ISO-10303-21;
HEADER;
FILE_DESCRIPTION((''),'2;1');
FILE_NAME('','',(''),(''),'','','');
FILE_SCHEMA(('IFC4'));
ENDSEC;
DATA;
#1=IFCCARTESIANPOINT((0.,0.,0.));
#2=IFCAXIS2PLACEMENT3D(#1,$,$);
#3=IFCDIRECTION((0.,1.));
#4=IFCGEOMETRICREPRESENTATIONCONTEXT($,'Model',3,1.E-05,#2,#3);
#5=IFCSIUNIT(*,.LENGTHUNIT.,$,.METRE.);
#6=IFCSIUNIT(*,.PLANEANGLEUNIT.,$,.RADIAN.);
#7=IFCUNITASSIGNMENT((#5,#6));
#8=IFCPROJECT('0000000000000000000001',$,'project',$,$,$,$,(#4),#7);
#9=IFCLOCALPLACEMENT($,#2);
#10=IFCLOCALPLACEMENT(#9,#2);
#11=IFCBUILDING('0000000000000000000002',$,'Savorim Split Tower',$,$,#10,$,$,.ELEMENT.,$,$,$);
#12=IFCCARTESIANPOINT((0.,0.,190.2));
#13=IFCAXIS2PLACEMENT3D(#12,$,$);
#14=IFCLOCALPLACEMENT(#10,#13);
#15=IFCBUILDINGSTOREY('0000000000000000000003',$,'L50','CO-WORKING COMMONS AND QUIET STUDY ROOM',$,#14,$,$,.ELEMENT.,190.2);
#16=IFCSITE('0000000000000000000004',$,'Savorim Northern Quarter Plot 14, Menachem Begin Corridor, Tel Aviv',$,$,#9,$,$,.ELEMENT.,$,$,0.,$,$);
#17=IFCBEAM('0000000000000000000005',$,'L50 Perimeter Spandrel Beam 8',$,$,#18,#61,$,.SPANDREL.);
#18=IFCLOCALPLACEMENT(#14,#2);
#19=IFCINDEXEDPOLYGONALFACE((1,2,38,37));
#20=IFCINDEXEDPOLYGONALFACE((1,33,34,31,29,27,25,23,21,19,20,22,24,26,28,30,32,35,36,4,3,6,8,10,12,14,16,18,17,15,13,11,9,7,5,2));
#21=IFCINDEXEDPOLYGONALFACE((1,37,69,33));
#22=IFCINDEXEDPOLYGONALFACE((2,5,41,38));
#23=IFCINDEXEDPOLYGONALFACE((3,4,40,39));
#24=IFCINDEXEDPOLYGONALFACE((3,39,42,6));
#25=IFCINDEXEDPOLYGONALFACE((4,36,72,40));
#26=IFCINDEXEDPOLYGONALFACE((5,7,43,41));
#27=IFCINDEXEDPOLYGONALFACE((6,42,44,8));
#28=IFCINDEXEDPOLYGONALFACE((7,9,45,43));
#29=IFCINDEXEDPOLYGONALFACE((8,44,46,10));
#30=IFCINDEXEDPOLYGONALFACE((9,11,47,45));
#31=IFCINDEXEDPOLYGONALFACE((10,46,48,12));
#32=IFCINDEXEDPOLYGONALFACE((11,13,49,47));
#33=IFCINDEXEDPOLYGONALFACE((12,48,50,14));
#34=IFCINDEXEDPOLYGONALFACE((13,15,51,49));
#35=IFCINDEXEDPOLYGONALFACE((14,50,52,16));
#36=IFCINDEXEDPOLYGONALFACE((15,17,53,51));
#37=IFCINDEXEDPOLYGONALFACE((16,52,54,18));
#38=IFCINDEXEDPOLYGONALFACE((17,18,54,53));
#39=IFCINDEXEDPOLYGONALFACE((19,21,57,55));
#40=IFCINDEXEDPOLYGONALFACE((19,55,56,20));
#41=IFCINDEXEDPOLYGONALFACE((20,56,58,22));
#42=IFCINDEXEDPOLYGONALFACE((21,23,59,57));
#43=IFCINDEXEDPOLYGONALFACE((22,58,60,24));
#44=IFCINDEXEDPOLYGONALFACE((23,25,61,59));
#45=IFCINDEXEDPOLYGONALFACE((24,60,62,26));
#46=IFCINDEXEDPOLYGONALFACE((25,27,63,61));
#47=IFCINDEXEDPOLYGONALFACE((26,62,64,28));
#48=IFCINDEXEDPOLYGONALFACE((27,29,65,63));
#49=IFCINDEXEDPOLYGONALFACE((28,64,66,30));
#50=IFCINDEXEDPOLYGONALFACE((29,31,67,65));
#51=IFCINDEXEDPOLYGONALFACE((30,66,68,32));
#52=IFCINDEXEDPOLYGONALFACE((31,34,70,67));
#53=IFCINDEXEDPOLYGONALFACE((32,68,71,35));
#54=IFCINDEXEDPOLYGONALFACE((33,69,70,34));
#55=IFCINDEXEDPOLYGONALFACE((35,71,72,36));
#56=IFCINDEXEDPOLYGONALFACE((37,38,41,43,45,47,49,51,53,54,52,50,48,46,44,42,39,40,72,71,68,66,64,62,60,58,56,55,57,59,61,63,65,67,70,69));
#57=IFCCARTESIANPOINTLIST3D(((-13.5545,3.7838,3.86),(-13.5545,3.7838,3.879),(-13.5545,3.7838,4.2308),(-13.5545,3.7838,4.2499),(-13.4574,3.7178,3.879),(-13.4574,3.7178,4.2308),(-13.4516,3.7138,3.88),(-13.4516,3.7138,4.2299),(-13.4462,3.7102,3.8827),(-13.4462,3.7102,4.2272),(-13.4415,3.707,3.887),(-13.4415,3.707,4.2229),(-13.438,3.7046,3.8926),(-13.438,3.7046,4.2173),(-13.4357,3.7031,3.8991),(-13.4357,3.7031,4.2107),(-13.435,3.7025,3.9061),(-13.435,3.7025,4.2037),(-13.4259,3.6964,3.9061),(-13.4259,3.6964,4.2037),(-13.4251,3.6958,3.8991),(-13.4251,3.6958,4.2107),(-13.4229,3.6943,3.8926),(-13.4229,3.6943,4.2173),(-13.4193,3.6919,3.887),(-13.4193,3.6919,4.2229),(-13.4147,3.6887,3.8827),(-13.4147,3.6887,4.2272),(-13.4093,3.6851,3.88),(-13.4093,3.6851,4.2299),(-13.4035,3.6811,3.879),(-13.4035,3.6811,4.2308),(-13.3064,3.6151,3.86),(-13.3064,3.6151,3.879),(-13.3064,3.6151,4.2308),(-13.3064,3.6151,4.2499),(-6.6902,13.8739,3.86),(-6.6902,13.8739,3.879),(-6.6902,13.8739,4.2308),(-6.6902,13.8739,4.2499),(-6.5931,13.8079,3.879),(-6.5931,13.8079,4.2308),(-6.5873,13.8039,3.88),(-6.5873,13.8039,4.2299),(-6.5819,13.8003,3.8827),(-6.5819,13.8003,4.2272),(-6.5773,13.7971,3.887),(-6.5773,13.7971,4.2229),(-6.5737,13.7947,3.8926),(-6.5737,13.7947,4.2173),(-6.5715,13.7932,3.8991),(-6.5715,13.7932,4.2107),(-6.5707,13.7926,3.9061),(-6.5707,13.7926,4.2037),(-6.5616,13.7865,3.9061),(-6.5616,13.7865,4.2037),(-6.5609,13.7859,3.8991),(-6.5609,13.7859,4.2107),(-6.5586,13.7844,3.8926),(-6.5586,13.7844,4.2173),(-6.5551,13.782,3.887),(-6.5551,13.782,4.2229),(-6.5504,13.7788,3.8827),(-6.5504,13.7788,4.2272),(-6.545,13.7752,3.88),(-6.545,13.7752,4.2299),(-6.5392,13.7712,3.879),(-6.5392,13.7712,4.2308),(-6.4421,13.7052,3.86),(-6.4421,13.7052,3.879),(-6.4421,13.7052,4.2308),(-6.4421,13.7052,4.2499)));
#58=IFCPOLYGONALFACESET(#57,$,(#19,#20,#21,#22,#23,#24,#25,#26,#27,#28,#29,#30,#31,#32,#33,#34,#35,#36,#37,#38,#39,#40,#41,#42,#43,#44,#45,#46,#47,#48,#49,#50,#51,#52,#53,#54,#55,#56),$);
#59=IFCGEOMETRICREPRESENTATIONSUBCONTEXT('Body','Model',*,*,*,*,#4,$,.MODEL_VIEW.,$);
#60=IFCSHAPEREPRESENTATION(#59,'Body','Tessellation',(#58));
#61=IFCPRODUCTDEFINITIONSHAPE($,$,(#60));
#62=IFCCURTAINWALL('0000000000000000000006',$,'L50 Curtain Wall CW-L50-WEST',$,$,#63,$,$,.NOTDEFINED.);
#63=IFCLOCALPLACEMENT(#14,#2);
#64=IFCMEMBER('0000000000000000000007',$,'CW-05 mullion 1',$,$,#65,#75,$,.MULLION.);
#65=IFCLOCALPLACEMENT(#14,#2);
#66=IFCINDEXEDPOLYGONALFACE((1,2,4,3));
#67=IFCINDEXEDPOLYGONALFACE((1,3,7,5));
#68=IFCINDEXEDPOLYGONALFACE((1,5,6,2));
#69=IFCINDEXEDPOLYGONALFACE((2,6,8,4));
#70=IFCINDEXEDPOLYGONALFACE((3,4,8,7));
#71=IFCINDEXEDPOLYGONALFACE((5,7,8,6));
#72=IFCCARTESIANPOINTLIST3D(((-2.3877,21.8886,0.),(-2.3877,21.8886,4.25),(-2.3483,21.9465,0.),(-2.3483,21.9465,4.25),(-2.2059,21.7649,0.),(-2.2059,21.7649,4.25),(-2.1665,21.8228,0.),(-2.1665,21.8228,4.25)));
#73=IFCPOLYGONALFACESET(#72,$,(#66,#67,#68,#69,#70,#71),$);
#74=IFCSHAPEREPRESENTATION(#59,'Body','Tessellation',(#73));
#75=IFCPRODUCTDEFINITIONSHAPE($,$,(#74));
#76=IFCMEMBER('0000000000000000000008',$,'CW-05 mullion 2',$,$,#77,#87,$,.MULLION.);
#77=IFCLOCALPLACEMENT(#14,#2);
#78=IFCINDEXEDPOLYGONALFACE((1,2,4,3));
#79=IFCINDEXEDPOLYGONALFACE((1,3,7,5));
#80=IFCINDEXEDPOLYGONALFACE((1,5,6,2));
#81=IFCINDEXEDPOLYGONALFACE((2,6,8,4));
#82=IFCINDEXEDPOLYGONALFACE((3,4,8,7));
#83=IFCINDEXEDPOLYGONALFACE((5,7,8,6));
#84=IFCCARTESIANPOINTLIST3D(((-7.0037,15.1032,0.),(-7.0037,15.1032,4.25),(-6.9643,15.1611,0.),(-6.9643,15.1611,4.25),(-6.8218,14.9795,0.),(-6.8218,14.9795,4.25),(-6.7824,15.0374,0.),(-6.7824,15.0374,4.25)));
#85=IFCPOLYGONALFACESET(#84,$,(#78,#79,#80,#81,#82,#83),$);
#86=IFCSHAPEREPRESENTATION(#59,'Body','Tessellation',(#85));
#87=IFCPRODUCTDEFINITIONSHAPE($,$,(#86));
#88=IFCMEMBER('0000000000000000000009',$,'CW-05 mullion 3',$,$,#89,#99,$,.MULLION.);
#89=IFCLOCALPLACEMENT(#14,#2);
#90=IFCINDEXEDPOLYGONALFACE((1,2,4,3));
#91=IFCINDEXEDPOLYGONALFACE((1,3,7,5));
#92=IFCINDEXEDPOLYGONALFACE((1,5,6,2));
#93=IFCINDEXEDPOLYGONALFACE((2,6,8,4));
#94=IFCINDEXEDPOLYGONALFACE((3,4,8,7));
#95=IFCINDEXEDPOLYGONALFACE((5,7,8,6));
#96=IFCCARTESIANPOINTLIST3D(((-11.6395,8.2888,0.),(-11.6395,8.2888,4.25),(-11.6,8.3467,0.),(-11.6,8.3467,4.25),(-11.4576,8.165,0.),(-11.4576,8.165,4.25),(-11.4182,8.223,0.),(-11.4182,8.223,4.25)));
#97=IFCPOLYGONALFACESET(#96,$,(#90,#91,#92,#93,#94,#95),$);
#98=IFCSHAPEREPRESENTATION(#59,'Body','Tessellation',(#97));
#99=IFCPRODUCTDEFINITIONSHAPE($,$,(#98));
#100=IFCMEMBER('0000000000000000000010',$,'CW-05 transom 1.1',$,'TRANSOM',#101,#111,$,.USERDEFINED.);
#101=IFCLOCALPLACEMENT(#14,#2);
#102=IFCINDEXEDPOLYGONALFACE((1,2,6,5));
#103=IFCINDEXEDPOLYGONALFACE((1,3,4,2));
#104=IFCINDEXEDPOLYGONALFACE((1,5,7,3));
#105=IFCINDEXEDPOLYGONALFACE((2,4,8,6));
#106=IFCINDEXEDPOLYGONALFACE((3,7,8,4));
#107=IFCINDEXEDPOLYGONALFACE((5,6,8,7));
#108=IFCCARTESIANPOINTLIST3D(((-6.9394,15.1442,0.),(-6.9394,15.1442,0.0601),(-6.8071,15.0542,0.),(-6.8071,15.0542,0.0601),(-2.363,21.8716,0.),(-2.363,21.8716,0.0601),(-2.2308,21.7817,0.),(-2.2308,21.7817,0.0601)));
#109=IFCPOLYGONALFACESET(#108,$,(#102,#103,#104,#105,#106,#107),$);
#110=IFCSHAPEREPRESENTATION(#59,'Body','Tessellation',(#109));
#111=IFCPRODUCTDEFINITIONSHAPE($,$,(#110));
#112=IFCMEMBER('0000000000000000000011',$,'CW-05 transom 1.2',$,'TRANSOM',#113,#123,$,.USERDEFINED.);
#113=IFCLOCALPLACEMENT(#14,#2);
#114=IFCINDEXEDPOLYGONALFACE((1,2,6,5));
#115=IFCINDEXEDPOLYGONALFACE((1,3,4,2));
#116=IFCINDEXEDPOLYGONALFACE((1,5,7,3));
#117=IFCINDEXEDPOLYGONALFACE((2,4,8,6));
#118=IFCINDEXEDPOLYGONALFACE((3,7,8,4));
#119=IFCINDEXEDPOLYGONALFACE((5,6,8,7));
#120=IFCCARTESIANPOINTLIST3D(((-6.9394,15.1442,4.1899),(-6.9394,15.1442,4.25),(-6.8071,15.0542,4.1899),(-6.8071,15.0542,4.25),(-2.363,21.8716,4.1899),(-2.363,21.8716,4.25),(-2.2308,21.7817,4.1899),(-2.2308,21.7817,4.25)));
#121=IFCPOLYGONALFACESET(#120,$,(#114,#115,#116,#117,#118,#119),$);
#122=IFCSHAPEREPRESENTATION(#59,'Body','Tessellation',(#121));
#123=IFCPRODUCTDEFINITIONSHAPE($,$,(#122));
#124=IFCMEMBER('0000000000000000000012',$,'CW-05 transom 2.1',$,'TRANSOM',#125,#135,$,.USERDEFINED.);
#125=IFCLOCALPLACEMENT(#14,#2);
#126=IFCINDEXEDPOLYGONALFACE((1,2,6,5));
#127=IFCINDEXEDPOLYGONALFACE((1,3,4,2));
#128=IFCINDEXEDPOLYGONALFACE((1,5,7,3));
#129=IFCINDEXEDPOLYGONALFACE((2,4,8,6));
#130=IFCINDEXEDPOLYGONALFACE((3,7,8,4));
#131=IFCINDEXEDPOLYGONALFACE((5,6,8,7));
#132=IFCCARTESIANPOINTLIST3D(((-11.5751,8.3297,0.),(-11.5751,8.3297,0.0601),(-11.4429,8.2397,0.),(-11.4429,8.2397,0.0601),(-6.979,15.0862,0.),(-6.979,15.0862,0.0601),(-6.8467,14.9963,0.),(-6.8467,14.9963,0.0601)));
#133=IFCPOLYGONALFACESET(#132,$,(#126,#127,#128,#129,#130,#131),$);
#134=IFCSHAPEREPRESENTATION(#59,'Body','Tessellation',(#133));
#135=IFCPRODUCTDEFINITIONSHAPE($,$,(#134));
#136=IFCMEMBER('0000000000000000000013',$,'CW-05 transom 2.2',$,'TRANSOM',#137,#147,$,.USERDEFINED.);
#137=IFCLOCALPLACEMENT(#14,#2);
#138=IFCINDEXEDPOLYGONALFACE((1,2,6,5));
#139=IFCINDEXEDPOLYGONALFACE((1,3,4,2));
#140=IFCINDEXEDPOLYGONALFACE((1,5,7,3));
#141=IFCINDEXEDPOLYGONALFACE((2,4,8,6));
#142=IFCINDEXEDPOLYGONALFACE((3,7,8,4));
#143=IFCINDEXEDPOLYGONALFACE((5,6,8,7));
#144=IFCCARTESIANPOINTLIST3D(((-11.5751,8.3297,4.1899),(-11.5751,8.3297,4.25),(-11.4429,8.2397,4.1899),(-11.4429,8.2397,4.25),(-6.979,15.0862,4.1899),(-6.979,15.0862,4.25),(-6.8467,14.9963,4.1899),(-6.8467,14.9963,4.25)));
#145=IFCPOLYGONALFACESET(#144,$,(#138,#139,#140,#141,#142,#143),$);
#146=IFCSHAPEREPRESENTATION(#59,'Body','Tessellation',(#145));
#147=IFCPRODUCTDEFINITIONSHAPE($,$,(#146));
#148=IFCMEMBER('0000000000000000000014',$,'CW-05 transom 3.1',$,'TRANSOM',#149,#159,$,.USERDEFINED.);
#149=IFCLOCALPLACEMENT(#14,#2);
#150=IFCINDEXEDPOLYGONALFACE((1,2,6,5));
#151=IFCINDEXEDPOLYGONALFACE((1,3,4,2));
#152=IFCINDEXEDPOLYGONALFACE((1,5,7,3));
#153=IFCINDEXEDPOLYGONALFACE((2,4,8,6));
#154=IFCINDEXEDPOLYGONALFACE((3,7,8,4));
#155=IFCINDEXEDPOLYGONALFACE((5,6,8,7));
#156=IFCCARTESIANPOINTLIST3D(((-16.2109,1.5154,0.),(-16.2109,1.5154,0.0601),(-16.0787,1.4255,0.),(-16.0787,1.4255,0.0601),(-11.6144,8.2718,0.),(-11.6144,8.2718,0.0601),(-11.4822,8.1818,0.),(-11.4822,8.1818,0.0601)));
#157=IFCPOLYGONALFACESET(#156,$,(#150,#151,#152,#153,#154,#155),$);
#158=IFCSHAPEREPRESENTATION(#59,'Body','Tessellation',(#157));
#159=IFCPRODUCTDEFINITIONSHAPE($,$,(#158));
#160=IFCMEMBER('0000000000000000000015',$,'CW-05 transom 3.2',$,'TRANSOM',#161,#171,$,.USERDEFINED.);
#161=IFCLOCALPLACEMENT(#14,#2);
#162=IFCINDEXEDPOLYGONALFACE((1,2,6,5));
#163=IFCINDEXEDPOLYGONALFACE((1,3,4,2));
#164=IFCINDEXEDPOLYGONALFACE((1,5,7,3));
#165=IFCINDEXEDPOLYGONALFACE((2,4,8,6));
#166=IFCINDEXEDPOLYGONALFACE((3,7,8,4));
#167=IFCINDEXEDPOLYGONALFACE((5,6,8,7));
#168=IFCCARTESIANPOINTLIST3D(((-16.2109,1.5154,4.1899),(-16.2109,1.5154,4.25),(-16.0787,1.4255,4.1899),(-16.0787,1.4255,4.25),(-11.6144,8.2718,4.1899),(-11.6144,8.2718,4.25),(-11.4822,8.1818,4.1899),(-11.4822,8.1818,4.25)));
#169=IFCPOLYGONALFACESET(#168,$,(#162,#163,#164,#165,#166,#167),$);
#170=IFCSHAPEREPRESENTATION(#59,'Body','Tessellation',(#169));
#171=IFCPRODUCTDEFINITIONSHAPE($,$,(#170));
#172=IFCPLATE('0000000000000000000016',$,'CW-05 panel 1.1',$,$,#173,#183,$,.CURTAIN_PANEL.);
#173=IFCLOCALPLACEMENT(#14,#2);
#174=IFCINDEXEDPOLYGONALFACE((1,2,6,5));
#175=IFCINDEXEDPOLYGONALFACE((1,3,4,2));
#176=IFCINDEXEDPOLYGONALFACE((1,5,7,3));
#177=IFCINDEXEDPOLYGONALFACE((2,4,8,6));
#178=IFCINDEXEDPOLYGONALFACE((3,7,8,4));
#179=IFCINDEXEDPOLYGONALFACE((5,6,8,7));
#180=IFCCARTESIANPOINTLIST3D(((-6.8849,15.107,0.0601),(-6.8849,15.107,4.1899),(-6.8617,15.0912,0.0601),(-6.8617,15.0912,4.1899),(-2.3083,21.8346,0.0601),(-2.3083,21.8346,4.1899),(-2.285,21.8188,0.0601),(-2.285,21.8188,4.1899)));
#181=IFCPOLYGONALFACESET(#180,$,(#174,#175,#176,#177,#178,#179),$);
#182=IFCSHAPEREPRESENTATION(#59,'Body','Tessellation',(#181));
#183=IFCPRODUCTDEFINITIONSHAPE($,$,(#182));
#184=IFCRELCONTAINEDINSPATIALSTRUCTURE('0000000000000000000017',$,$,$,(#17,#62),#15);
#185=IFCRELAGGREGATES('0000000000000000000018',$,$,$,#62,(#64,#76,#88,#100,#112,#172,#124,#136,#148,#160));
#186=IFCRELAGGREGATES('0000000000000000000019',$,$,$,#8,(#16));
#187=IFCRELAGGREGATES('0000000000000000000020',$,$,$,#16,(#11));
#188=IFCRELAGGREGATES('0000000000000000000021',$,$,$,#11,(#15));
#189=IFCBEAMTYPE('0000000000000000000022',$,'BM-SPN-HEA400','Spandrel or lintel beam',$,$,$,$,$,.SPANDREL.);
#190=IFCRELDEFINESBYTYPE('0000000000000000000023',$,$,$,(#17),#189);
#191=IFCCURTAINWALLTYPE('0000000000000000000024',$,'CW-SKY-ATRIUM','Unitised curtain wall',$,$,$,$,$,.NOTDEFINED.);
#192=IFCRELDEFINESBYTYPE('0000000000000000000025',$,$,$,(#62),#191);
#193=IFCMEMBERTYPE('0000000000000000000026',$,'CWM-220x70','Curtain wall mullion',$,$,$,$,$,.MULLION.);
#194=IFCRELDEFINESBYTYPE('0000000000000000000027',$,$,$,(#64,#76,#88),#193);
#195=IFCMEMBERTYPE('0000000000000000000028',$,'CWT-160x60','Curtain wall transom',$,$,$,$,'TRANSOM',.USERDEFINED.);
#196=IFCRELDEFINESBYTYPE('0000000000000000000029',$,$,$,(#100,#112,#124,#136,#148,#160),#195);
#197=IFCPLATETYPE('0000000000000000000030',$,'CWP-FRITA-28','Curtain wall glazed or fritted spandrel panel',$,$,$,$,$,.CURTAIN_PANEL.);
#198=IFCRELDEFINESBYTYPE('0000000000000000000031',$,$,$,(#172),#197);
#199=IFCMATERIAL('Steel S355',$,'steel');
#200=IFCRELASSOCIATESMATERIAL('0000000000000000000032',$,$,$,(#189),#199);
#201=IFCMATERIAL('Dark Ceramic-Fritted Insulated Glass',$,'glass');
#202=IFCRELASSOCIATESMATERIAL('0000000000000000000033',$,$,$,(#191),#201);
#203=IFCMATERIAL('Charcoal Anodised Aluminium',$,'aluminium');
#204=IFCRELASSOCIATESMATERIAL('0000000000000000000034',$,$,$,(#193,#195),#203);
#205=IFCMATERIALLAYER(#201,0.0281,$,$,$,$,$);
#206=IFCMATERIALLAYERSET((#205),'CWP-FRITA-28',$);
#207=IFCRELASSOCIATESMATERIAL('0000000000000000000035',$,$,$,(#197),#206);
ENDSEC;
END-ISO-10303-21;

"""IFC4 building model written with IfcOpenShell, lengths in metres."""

from ifc_helpers import new_model, si_unit, direction, frame, origin, origin_2d, place, context, subcontext, project, spatial, rectangle, i_section, extrude, material, layer, layer_set, material_profile, profile_set, type_object, element, aggregate, save


model = new_model("IFC4")

# Units and contexts
model_context = context("Model", 3, precision=1e-05, world=origin(), true_north=direction((0.0, 1.0)))
body_context = subcontext(model_context, "Body", "Model", "MODEL_VIEW")
ifc_project = project(units=[si_unit("LENGTHUNIT", "METRE"), si_unit("PLANEANGLEUNIT", "RADIAN")], contexts=[model_context])

# Site, building, storey
site_placement = place(None, origin())
site = spatial("IfcSite", under=ifc_project, at=site_placement, Name="Savorim Northern Quarter Plot 14, Menachem Begin Corridor, Tel Aviv", CompositionType="ELEMENT", RefElevation=0.0)
building_placement = place(site_placement, origin())
building = spatial("IfcBuilding", under=site, at=building_placement, Name="Savorim Split Tower", CompositionType="ELEMENT")
storey_placement = place(building_placement, frame((0.0, 0.0, 190.2)))
storey = spatial("IfcBuildingStorey", under=building, at=storey_placement, Name="L50", Description="CO-WORKING COMMONS AND QUIET STUDY ROOM", CompositionType="ELEMENT", Elevation=190.2)

# Shared definitions
ifc_material_1 = material(Name="Steel S355", Category="steel")

# Beam
ifc_material_profile_1 = material_profile(ifc_material_1, i_section(OverallWidth=0.3, OverallDepth=0.3899, WebThickness=0.011, FlangeThickness=0.019, FilletRadius=0.0271, at=origin_2d()), Name="HEA 400")
ifc_profile_set_1 = profile_set([ifc_material_profile_1], Name="Steel S355")
beam_type_1 = type_object("IfcBeamType", Name="BM-SPN-HEA400", Description="Spandrel or lintel beam", PredefinedType="SPANDREL", material=ifc_profile_set_1)
beam_1_placement = place(storey_placement, frame((-6.5662, 13.7896, 4.0549), z_axis=(-0.562478, -0.826812, 0.0), x_axis=(0.826812, -0.562478, 0.0)))
element("IfcBeam", 1, at=beam_1_placement, inside=storey, type_object=beam_type_1, Name="L50 Perimeter Spandrel Beam 8", PredefinedType="SPANDREL", context=body_context, shape_type="SweptSolid", body=[
    extrude(i_section(OverallWidth=0.3, OverallDepth=0.3899, WebThickness=0.011, FlangeThickness=0.019, FilletRadius=0.0271, at=origin_2d()), origin(), (0.0, 0.0, 1.0), 12.2036),
])

# Curtain wall, members, plate
ifc_material_2 = material(Name="Dark Ceramic-Fritted Insulated Glass", Category="glass")
curtain_wall_type = type_object("IfcCurtainWallType", Name="CW-SKY-ATRIUM", Description="Unitised curtain wall", PredefinedType="NOTDEFINED", material=ifc_material_2)
curtain_wall_placement = place(storey_placement, origin())
curtain_wall = element("IfcCurtainWall", 2, at=curtain_wall_placement, inside=storey, type_object=curtain_wall_type, Name="L50 Curtain Wall CW-L50-WEST", PredefinedType="NOTDEFINED")
ifc_material_3 = material(Name="Charcoal Anodised Aluminium", Category="aluminium")
ifc_material_profile_2 = material_profile(ifc_material_3, rectangle(XDim=0.22, YDim=0.0701, at=origin_2d()), Name="ALU-M 220x70")
ifc_profile_set_2 = profile_set([ifc_material_profile_2], Name="Charcoal Anodised Aluminium")
member_type_1 = type_object("IfcMemberType", Name="CWM-220x70", Description="Curtain wall mullion", PredefinedType="MULLION", material=ifc_profile_set_2)
member_1_placement = place(storey_placement, frame((-2.2771, 21.8557, 0.0), z_axis=(0.0, 0.0, 1.0), x_axis=(0.82682, -0.562466, 0.0)))
member_1 = element("IfcMember", 3, at=member_1_placement, type_object=member_type_1, Name="CW-05 mullion 1", PredefinedType="MULLION", context=body_context, shape_type="SweptSolid", body=[
    extrude(rectangle(XDim=0.22, YDim=0.0701, at=origin_2d()), origin(), (0.0, 0.0, 1.0), 4.25),
])
member_2_placement = place(storey_placement, frame((-6.8931, 15.0703, 0.0), z_axis=(0.0, 0.0, 1.0), x_axis=(0.82682, -0.562466, 0.0)))
member_2 = element("IfcMember", 4, at=member_2_placement, type_object=member_type_1, Name="CW-05 mullion 2", PredefinedType="MULLION", context=body_context, shape_type="SweptSolid", body=[
    extrude(rectangle(XDim=0.22, YDim=0.0701, at=origin_2d()), origin(), (0.0, 0.0, 1.0), 4.25),
])
member_3_placement = place(storey_placement, frame((-11.5288, 8.2559, 0.0), z_axis=(0.0, 0.0, 1.0), x_axis=(0.82682, -0.562466, 0.0)))
member_3 = element("IfcMember", 5, at=member_3_placement, type_object=member_type_1, Name="CW-05 mullion 3", PredefinedType="MULLION", context=body_context, shape_type="SweptSolid", body=[
    extrude(rectangle(XDim=0.22, YDim=0.0701, at=origin_2d()), origin(), (0.0, 0.0, 1.0), 4.25),
])
ifc_material_profile_3 = material_profile(ifc_material_3, rectangle(XDim=0.1599, YDim=0.0601, at=origin_2d()), Name="ALU-T 160x60")
ifc_profile_set_3 = profile_set([ifc_material_profile_3], Name="Charcoal Anodised Aluminium")
member_type_2 = type_object("IfcMemberType", Name="CWT-160x60", Description="Curtain wall transom", ElementType="TRANSOM", PredefinedType="USERDEFINED", material=ifc_profile_set_3)
member_4_placement = place(storey_placement, frame((-2.2969, 21.8267, 0.03), z_axis=(-0.562452, -0.82683, 0.0), x_axis=(0.82683, -0.562452, 0.0)))
member_4 = element("IfcMember", 6, at=member_4_placement, type_object=member_type_2, Name="CW-05 transom 1.1", ObjectType="TRANSOM", PredefinedType="USERDEFINED", context=body_context, shape_type="SweptSolid", body=[
    extrude(rectangle(XDim=0.1599, YDim=0.0601, at=origin_2d()), origin(), (0.0, 0.0, 1.0), 8.1365),
])
member_5_placement = place(storey_placement, frame((-2.2969, 21.8267, 4.22), z_axis=(-0.562452, -0.82683, 0.0), x_axis=(0.82683, -0.562452, 0.0)))
member_5 = element("IfcMember", 7, at=member_5_placement, type_object=member_type_2, Name="CW-05 transom 1.2", ObjectType="TRANSOM", PredefinedType="USERDEFINED", context=body_context, shape_type="SweptSolid", body=[
    extrude(rectangle(XDim=0.1599, YDim=0.0601, at=origin_2d()), origin(), (0.0, 0.0, 1.0), 8.1365),
])
member_6_placement = place(storey_placement, frame((-6.9128, 15.0413, 0.03), z_axis=(-0.562453, -0.826829, 0.0), x_axis=(0.826829, -0.562453, 0.0)))
member_6 = element("IfcMember", 8, at=member_6_placement, type_object=member_type_2, Name="CW-05 transom 2.1", ObjectType="TRANSOM", PredefinedType="USERDEFINED", context=body_context, shape_type="SweptSolid", body=[
    extrude(rectangle(XDim=0.1599, YDim=0.0601, at=origin_2d()), origin(), (0.0, 0.0, 1.0), 8.1716),
])
member_7_placement = place(storey_placement, frame((-6.9128, 15.0413, 4.22), z_axis=(-0.562453, -0.826829, 0.0), x_axis=(0.826829, -0.562453, 0.0)))
member_7 = element("IfcMember", 9, at=member_7_placement, type_object=member_type_2, Name="CW-05 transom 2.2", ObjectType="TRANSOM", PredefinedType="USERDEFINED", context=body_context, shape_type="SweptSolid", body=[
    extrude(rectangle(XDim=0.1599, YDim=0.0601, at=origin_2d()), origin(), (0.0, 0.0, 1.0), 8.1716),
])
member_8_placement = place(storey_placement, frame((-11.5483, 8.2268, 0.03), z_axis=(-0.562487, -0.826806, 0.0), x_axis=(0.826806, -0.562487, 0.0)))
member_8 = element("IfcMember", 10, at=member_8_placement, type_object=member_type_2, Name="CW-05 transom 3.1", ObjectType="TRANSOM", PredefinedType="USERDEFINED", context=body_context, shape_type="SweptSolid", body=[
    extrude(rectangle(XDim=0.1599, YDim=0.0601, at=origin_2d()), origin(), (0.0, 0.0, 1.0), 8.1716),
])
member_9_placement = place(storey_placement, frame((-11.5483, 8.2268, 4.22), z_axis=(-0.562487, -0.826806, 0.0), x_axis=(0.826806, -0.562487, 0.0)))
member_9 = element("IfcMember", 11, at=member_9_placement, type_object=member_type_2, Name="CW-05 transom 3.2", ObjectType="TRANSOM", PredefinedType="USERDEFINED", context=body_context, shape_type="SweptSolid", body=[
    extrude(rectangle(XDim=0.1599, YDim=0.0601, at=origin_2d()), origin(), (0.0, 0.0, 1.0), 8.1716),
])
ifc_layer_1 = layer(ifc_material_2, 0.0281)
ifc_layer_set_1 = layer_set([ifc_layer_1], Name="CWP-FRITA-28")
plate_type = type_object("IfcPlateType", Name="CWP-FRITA-28", Description="Curtain wall glazed or fritted spandrel panel", PredefinedType="CURTAIN_PANEL", material=ifc_layer_set_1)
plate_1_placement = place(storey_placement, frame((-4.585, 18.4629, 0.0601), z_axis=(0.0, 0.0, 1.0), x_axis=(-0.562466, -0.82682, 0.0)))
plate_1 = element("IfcPlate", 12, at=plate_1_placement, type_object=plate_type, Name="CW-05 panel 1.1", PredefinedType="CURTAIN_PANEL", context=body_context, shape_type="SweptSolid", body=[
    extrude(rectangle(XDim=8.1367, YDim=0.0281, at=origin_2d()), origin(), (0.0, 0.0, 1.0), 4.1299),
])
aggregate(curtain_wall, [member_1, member_2, member_3, member_4, member_5, plate_1, member_6, member_7, member_8, member_9])

save(model, "model.ifc")
